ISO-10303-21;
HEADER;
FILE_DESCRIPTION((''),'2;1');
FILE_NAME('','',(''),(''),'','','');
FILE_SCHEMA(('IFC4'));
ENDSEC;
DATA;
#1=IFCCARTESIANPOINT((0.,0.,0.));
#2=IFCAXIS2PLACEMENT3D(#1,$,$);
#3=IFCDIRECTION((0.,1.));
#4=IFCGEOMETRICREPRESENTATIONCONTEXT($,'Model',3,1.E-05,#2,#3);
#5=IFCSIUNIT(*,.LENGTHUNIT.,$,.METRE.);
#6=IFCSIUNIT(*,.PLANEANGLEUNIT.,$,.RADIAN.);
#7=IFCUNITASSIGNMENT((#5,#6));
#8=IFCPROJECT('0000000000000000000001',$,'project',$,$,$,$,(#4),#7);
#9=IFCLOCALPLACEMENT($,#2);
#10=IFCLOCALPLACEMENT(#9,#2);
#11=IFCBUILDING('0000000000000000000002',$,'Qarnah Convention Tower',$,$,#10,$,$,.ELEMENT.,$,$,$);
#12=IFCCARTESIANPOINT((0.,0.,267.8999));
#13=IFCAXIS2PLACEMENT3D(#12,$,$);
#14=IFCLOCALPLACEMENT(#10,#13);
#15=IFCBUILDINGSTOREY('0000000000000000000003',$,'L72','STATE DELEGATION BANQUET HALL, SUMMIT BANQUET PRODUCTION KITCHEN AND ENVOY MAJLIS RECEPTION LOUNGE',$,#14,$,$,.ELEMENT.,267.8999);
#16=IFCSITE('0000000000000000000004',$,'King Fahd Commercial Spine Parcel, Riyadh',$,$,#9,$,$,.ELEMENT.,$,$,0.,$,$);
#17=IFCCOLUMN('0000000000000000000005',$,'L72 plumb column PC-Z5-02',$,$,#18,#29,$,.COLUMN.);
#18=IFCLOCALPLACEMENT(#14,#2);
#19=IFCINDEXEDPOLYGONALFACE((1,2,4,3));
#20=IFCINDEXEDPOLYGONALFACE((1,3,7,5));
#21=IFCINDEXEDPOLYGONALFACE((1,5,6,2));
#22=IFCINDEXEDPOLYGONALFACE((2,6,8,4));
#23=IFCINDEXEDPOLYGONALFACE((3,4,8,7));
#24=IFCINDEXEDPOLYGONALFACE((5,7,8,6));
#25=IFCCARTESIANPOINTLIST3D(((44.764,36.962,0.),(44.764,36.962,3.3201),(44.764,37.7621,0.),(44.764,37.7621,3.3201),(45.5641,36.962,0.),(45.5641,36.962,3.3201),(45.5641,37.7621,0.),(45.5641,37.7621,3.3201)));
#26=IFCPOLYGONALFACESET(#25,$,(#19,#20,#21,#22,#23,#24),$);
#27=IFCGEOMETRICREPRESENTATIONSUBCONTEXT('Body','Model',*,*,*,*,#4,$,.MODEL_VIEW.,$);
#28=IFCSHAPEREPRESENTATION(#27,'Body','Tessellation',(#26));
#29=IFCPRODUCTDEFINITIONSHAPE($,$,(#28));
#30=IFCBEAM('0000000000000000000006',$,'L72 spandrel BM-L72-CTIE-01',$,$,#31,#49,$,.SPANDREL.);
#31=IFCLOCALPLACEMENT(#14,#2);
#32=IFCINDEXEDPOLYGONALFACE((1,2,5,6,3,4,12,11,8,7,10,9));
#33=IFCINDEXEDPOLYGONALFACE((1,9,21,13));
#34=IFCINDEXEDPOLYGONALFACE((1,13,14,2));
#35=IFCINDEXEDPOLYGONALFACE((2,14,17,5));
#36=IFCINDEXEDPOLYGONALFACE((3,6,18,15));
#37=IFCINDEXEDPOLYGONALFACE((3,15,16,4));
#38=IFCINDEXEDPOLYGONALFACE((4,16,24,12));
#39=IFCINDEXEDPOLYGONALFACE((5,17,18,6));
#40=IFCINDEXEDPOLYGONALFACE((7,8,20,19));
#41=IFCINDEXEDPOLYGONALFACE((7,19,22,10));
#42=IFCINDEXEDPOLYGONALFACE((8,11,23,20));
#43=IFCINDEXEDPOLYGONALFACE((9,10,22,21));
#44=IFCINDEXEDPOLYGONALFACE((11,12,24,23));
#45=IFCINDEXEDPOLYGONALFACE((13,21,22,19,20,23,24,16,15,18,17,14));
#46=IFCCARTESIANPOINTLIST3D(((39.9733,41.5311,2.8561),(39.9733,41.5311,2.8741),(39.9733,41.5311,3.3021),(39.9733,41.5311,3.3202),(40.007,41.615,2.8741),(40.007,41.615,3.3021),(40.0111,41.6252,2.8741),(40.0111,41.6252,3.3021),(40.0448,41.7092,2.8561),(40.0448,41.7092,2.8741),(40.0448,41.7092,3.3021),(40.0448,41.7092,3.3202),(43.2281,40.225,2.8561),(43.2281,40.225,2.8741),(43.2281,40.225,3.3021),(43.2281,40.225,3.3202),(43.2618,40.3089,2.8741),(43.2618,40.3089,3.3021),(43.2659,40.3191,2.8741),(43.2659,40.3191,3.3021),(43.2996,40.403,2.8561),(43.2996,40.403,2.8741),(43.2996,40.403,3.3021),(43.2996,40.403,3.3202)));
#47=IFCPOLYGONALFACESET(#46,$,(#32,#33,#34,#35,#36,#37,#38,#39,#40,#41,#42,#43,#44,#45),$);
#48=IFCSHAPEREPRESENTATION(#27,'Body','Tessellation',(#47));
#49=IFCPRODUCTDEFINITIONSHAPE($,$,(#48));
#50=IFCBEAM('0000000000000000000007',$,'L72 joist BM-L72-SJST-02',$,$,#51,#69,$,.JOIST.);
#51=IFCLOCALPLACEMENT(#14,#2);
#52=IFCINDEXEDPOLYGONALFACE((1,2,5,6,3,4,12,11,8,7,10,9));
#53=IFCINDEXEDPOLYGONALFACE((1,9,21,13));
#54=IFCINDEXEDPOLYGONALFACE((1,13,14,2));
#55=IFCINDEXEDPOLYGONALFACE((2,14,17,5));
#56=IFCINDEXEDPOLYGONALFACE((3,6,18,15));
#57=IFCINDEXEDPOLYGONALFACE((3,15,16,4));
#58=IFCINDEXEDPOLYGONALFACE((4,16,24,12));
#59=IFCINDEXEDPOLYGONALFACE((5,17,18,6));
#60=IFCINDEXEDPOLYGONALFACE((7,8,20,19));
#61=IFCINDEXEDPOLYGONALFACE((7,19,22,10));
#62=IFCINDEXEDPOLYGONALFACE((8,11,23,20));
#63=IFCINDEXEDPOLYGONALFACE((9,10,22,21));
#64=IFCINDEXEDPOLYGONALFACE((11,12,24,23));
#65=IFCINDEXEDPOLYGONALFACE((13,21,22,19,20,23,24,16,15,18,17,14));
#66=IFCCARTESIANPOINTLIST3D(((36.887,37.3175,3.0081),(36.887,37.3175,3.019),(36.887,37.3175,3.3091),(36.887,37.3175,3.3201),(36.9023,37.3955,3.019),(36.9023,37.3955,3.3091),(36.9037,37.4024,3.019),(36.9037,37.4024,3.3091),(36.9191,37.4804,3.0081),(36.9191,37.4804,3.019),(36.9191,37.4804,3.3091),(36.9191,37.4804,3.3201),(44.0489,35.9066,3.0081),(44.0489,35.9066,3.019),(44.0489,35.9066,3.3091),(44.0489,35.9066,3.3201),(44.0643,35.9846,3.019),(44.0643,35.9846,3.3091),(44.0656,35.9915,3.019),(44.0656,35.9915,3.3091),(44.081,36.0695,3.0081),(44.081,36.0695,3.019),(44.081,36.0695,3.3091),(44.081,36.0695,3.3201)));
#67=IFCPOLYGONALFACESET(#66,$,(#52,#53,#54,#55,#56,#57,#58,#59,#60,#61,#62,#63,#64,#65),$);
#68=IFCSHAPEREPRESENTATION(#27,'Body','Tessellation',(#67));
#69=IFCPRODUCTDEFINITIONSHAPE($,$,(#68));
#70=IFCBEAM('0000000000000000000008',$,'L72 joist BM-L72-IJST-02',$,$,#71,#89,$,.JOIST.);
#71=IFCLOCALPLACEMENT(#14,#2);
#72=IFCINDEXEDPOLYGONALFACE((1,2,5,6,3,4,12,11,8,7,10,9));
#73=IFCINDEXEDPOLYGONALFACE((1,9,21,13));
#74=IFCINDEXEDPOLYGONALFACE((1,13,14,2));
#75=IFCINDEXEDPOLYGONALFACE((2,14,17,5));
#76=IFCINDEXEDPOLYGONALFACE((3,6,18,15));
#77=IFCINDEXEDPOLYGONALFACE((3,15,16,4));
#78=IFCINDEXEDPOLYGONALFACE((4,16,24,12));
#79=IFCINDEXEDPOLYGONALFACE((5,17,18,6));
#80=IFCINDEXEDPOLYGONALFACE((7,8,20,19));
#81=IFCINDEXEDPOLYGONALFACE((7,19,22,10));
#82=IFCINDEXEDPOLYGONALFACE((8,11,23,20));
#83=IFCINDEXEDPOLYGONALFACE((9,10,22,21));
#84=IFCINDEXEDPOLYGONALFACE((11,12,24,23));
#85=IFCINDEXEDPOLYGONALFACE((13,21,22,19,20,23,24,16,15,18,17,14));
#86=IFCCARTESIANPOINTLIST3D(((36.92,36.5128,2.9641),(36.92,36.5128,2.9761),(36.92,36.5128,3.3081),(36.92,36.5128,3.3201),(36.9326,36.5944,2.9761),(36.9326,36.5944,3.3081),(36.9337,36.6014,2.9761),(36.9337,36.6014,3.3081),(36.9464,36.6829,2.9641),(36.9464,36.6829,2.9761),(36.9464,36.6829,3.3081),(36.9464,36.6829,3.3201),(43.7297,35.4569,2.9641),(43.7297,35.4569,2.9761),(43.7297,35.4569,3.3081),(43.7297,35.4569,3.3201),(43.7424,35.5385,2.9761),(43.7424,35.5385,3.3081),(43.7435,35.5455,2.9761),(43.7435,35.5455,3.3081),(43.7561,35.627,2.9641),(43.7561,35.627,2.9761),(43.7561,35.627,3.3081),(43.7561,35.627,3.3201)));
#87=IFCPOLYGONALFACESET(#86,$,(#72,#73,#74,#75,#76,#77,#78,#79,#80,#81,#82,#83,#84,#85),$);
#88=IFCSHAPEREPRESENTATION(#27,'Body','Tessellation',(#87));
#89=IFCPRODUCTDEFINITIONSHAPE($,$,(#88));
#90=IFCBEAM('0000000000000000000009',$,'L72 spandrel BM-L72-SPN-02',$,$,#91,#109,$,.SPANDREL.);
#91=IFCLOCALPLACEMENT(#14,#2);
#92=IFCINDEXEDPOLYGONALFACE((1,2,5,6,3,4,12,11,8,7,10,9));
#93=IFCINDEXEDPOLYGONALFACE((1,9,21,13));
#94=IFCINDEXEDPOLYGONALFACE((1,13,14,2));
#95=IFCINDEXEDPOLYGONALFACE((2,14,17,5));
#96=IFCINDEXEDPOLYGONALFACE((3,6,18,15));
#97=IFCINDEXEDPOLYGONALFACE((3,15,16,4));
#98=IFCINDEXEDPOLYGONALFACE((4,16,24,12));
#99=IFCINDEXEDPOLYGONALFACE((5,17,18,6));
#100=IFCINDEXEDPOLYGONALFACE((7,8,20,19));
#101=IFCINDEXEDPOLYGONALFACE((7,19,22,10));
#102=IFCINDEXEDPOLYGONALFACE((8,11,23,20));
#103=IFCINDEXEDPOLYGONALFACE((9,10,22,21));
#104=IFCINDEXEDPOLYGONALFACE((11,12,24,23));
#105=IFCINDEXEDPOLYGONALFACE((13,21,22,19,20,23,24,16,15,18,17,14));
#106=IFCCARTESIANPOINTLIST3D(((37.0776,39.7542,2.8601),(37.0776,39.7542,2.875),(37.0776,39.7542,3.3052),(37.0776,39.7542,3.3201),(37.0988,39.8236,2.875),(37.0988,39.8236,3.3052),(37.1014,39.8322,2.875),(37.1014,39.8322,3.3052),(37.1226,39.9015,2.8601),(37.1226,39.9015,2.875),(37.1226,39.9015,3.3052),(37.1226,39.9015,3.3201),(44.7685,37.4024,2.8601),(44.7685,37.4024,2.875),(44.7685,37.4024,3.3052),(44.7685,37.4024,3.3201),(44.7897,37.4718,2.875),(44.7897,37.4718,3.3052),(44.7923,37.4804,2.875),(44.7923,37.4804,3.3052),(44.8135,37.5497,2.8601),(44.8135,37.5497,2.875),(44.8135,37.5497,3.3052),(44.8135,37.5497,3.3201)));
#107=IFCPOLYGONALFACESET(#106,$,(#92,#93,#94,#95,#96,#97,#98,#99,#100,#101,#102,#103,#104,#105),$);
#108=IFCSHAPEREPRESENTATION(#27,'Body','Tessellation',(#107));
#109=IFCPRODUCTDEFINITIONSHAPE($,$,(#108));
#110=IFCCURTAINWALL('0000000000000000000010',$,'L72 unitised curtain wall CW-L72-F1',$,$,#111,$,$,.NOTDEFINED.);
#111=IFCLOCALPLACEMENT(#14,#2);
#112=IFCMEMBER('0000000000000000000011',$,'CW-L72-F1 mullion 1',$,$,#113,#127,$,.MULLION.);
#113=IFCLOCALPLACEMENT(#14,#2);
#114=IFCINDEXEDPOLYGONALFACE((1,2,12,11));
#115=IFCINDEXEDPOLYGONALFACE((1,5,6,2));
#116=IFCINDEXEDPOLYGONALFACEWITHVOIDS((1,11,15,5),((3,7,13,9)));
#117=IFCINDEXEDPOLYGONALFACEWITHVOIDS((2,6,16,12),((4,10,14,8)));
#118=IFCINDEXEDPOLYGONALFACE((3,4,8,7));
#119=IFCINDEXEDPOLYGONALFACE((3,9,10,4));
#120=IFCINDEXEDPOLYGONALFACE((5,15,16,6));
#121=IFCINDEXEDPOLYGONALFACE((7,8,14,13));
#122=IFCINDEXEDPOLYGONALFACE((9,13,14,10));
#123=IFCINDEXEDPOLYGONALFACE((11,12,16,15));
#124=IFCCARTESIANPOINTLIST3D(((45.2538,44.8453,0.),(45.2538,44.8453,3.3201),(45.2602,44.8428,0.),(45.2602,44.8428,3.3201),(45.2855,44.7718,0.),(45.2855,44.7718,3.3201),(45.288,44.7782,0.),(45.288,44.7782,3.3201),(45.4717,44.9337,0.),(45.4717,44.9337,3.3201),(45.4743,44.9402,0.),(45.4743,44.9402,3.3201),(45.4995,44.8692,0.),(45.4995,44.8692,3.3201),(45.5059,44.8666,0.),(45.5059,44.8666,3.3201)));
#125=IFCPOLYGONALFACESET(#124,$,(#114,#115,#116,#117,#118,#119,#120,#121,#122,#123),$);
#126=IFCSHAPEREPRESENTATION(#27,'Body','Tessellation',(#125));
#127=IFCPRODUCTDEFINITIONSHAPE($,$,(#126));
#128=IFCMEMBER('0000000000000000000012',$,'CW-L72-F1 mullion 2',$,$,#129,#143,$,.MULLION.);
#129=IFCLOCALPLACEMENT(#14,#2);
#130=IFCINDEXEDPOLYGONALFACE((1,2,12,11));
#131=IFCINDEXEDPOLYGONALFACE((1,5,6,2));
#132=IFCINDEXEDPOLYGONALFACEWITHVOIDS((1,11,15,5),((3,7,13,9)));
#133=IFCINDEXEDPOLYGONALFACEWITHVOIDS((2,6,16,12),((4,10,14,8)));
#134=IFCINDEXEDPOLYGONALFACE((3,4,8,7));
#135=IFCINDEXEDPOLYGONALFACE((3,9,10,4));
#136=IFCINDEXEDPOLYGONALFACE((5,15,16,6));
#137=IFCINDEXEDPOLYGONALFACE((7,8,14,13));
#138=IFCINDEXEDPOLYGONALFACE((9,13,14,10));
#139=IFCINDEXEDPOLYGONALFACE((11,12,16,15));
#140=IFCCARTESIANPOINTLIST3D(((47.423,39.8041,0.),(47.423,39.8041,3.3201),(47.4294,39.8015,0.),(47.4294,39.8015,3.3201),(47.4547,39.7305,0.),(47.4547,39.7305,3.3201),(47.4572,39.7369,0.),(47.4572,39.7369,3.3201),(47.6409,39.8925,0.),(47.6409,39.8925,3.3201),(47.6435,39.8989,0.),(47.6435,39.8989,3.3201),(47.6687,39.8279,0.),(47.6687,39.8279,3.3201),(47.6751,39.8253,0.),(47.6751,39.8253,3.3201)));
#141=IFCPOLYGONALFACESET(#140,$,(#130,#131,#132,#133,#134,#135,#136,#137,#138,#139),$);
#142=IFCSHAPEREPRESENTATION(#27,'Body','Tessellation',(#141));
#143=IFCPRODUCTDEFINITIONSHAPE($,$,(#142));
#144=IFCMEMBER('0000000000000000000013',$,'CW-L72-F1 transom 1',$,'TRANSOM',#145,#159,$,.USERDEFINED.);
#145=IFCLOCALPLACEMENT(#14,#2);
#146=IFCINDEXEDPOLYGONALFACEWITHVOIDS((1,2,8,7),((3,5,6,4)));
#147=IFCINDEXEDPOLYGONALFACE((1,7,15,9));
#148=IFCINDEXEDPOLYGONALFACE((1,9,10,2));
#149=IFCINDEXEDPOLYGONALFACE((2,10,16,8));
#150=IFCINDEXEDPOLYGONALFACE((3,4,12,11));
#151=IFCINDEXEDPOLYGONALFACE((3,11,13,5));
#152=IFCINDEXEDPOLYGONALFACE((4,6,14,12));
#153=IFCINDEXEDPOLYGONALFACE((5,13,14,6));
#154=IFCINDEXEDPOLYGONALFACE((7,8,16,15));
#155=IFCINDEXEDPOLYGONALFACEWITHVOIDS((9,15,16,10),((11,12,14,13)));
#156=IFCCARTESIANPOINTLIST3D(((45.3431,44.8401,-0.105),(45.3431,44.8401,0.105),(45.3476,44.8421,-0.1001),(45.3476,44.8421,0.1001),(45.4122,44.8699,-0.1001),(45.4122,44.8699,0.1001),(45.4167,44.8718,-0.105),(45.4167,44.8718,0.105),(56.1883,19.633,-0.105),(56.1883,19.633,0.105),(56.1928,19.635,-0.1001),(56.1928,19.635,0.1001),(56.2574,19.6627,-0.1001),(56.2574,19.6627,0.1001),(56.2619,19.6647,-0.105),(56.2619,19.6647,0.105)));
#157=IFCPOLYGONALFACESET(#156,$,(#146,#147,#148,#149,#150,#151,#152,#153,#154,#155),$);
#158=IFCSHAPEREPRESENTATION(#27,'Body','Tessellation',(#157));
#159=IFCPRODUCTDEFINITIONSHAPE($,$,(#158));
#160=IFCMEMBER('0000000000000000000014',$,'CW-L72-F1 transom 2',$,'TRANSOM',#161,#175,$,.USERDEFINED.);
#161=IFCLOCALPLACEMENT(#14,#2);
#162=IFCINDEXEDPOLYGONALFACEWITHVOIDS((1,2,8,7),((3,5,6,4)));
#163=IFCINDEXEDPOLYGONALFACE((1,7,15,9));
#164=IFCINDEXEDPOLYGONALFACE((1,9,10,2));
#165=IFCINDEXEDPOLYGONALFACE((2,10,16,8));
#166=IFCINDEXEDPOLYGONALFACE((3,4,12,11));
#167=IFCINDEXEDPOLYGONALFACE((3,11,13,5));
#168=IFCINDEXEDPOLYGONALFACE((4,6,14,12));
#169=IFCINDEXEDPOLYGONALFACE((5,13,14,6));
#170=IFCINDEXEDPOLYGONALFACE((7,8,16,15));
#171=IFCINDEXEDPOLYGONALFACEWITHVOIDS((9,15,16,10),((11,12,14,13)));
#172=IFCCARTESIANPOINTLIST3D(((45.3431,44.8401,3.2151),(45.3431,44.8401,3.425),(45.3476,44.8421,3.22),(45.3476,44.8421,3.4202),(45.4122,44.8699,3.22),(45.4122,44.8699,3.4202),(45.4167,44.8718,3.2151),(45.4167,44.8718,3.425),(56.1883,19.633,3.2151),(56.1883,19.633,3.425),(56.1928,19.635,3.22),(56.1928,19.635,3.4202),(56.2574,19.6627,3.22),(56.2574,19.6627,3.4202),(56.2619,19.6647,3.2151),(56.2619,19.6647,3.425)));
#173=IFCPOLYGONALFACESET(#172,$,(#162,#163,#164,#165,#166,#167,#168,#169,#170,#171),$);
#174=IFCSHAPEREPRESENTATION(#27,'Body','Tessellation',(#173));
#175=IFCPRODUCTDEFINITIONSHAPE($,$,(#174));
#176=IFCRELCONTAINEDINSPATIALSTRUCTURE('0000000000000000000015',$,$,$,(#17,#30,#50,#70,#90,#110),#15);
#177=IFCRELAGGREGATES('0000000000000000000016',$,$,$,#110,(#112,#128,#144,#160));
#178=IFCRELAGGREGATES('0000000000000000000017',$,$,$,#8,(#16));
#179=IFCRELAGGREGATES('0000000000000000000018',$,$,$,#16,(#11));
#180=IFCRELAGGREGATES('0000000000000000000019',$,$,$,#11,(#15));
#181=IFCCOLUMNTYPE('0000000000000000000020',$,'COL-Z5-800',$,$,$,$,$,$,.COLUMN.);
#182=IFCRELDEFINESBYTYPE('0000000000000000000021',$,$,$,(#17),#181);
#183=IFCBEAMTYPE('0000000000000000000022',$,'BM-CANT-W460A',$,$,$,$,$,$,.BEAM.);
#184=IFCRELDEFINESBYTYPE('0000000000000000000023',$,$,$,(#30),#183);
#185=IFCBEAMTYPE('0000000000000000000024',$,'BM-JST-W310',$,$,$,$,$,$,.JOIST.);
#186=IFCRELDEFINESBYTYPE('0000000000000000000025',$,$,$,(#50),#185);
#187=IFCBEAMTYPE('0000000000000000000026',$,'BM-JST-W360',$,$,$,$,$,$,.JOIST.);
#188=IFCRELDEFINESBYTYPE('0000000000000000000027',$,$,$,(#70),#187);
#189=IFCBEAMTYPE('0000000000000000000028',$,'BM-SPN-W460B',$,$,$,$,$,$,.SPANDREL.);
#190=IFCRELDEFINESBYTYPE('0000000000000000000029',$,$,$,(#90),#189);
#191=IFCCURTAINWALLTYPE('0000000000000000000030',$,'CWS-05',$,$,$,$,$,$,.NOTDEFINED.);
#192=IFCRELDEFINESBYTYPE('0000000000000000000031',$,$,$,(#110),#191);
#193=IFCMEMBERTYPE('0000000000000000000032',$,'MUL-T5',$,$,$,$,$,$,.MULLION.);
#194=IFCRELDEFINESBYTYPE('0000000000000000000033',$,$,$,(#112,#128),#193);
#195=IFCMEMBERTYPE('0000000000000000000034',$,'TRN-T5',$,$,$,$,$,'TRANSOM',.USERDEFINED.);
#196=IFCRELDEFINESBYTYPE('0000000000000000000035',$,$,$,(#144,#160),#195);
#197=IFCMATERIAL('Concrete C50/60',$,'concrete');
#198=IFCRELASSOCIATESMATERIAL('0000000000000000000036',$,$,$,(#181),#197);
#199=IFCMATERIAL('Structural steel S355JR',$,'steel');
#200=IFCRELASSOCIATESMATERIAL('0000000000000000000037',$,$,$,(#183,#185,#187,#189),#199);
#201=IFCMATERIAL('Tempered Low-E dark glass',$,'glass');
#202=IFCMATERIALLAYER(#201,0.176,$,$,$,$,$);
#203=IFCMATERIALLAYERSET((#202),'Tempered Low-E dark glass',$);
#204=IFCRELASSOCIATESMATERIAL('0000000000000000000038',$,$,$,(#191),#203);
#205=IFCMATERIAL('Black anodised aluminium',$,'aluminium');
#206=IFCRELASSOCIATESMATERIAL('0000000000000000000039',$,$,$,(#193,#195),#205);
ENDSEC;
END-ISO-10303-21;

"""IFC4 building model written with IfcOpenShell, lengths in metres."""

from ifc_helpers import new_model, si_unit, direction, frame, origin, origin_2d, place, context, subcontext, project, spatial, rectangle, hollow_rectangle, i_section, extrude, material, layer, layer_set, material_profile, profile_set, type_object, element, aggregate, save


model = new_model("IFC4")

# Units and contexts
model_context = context("Model", 3, precision=1e-05, world=origin(), true_north=direction((0.0, 1.0)))
body_context = subcontext(model_context, "Body", "Model", "MODEL_VIEW")
ifc_project = project(units=[si_unit("LENGTHUNIT", "METRE"), si_unit("PLANEANGLEUNIT", "RADIAN")], contexts=[model_context])

# Site, building, storey
site_placement = place(None, origin())
site = spatial("IfcSite", under=ifc_project, at=site_placement, Name="King Fahd Commercial Spine Parcel, Riyadh", CompositionType="ELEMENT", RefElevation=0.0)
building_placement = place(site_placement, origin())
building = spatial("IfcBuilding", under=site, at=building_placement, Name="Qarnah Convention Tower", CompositionType="ELEMENT")
storey_placement = place(building_placement, frame((0.0, 0.0, 267.8999)))
storey = spatial("IfcBuildingStorey", under=building, at=storey_placement, Name="L72", Description="STATE DELEGATION BANQUET HALL, SUMMIT BANQUET PRODUCTION KITCHEN AND ENVOY MAJLIS RECEPTION LOUNGE", CompositionType="ELEMENT", Elevation=267.8999)

# Column
ifc_material_1 = material(Name="Concrete C50/60", Category="concrete")
ifc_material_profile_1 = material_profile(ifc_material_1, rectangle(XDim=0.8, YDim=0.8, at=origin_2d()), Name="RC-COL-800X800")
ifc_profile_set_1 = profile_set([ifc_material_profile_1], Name="Concrete C50/60")
column_type = type_object("IfcColumnType", Name="COL-Z5-800", PredefinedType="COLUMN", material=ifc_profile_set_1)
column_placement = place(storey_placement, frame((45.1641, 37.3621, 0.0), z_axis=(0.0, 0.0, 1.0), x_axis=(1.0, 0.0, 0.0)))
element("IfcColumn", 1, at=column_placement, inside=storey, type_object=column_type, Name="L72 plumb column PC-Z5-02", PredefinedType="COLUMN", context=body_context, shape_type="SweptSolid", body=[
    extrude(rectangle(XDim=0.8, YDim=0.8, at=origin_2d()), origin(), (0.0, 0.0, 1.0), 3.3201),
])

# Beams
ifc_material_2 = material(Name="Structural steel S355JR", Category="steel")
ifc_material_profile_2 = material_profile(ifc_material_2, i_section(OverallWidth=0.1919, OverallDepth=0.4641, WebThickness=0.011, FlangeThickness=0.0181, at=origin_2d()), Name="W460X89")
ifc_profile_set_2 = profile_set([ifc_material_profile_2], Name="Structural steel S355JR")
beam_type_1 = type_object("IfcBeamType", Name="BM-CANT-W460A", PredefinedType="BEAM", material=ifc_profile_set_2)
beam_1_placement = place(storey_placement, frame((40.009, 41.6201, 3.0881), z_axis=(0.928063, -0.372423, 0.0), x_axis=(0.372423, 0.928063, 0.0)))
element("IfcBeam", 2, at=beam_1_placement, inside=storey, type_object=beam_type_1, Name="L72 spandrel BM-L72-CTIE-01", PredefinedType="SPANDREL", context=body_context, shape_type="SweptSolid", body=[
    extrude(i_section(OverallWidth=0.1919, OverallDepth=0.4641, WebThickness=0.011, FlangeThickness=0.0181, at=origin_2d()), origin(), (0.0, 0.0, 1.0), 3.5071),
])
ifc_material_profile_3 = material_profile(ifc_material_2, i_section(OverallWidth=0.166, OverallDepth=0.312, WebThickness=0.0071, FlangeThickness=0.011, at=origin_2d()), Name="W310X45")
ifc_profile_set_3 = profile_set([ifc_material_profile_3], Name="Structural steel S355JR")
beam_type_2 = type_object("IfcBeamType", Name="BM-JST-W310", PredefinedType="JOIST", material=ifc_profile_set_3)
beam_2_placement = place(storey_placement, frame((44.0649, 35.988, 3.1641), z_axis=(-0.981143, 0.193285, 0.0), x_axis=(-0.193285, -0.981143, 0.0)))
element("IfcBeam", 3, at=beam_2_placement, inside=storey, type_object=beam_type_2, Name="L72 joist BM-L72-SJST-02", PredefinedType="JOIST", context=body_context, shape_type="SweptSolid", body=[
    extrude(i_section(OverallWidth=0.166, OverallDepth=0.312, WebThickness=0.0071, FlangeThickness=0.011, at=origin_2d()), origin(), (0.0, 0.0, 1.0), 7.2996),
])
ifc_material_profile_4 = material_profile(ifc_material_2, i_section(OverallWidth=0.1721, OverallDepth=0.356, WebThickness=0.0071, FlangeThickness=0.012, at=origin_2d()), Name="W360X51")
ifc_profile_set_4 = profile_set([ifc_material_profile_4], Name="Structural steel S355JR")
beam_type_3 = type_object("IfcBeamType", Name="BM-JST-W360", PredefinedType="JOIST", material=ifc_profile_set_4)
beam_3_placement = place(storey_placement, frame((43.7429, 35.542, 3.1421), z_axis=(-0.988191, 0.153226, 0.0), x_axis=(-0.153226, -0.988191, 0.0)))
element("IfcBeam", 4, at=beam_3_placement, inside=storey, type_object=beam_type_3, Name="L72 joist BM-L72-IJST-02", PredefinedType="JOIST", context=body_context, shape_type="SweptSolid", body=[
    extrude(i_section(OverallWidth=0.1721, OverallDepth=0.356, WebThickness=0.0071, FlangeThickness=0.012, at=origin_2d()), origin(), (0.0, 0.0, 1.0), 6.8911),
])
ifc_material_profile_5 = material_profile(ifc_material_2, i_section(OverallWidth=0.1541, OverallDepth=0.46, WebThickness=0.009, FlangeThickness=0.0149, at=origin_2d()), Name="W460X68")
ifc_profile_set_5 = profile_set([ifc_material_profile_5], Name="Structural steel S355JR")
beam_type_4 = type_object("IfcBeamType", Name="BM-SPN-W460B", PredefinedType="SPANDREL", material=ifc_profile_set_5)
beam_4_placement = place(storey_placement, frame((44.791, 37.4761, 3.0901), z_axis=(-0.956289, 0.292424, 0.0), x_axis=(-0.292424, -0.956289, 0.0)))
element("IfcBeam", 5, at=beam_4_placement, inside=storey, type_object=beam_type_4, Name="L72 spandrel BM-L72-SPN-02", PredefinedType="SPANDREL", context=body_context, shape_type="SweptSolid", body=[
    extrude(i_section(OverallWidth=0.1541, OverallDepth=0.46, WebThickness=0.009, FlangeThickness=0.0149, at=origin_2d()), origin(), (0.0, 0.0, 1.0), 8.0425),
])

# Curtain wall, members
ifc_material_3 = material(Name="Tempered Low-E dark glass", Category="glass")
ifc_layer_1 = layer(ifc_material_3, 0.176)
ifc_layer_set_1 = layer_set([ifc_layer_1], Name="Tempered Low-E dark glass")
curtain_wall_type = type_object("IfcCurtainWallType", Name="CWS-05", PredefinedType="NOTDEFINED", material=ifc_layer_set_1)
curtain_wall_placement = place(storey_placement, origin())
curtain_wall = element("IfcCurtainWall", 6, at=curtain_wall_placement, inside=storey, type_object=curtain_wall_type, Name="L72 unitised curtain wall CW-L72-F1", PredefinedType="NOTDEFINED")
ifc_material_4 = material(Name="Black anodised aluminium", Category="aluminium")
ifc_material_profile_6 = material_profile(ifc_material_4, hollow_rectangle(XDim=0.0801, YDim=0.24, WallThickness=0.0049, at=origin_2d()), Name="MUL-80X240")
ifc_profile_set_6 = profile_set([ifc_material_profile_6], Name="Black anodised aluminium")
member_type_1 = type_object("IfcMemberType", Name="MUL-T5", PredefinedType="MULLION", material=ifc_profile_set_6)
member_1_placement = place(storey_placement, frame((45.3799, 44.856, 0.0), z_axis=(0.0, 0.0, 1.0), x_axis=(0.395212, -0.91859, 0.0)))
member_1 = element("IfcMember", 7, at=member_1_placement, type_object=member_type_1, Name="CW-L72-F1 mullion 1", PredefinedType="MULLION", context=body_context, shape_type="SweptSolid", body=[
    extrude(hollow_rectangle(XDim=0.0801, YDim=0.24, WallThickness=0.0049, at=origin_2d()), origin(), (0.0, 0.0, 1.0), 3.3201),
])
member_2_placement = place(storey_placement, frame((47.5491, 39.8147, 0.0), z_axis=(0.0, 0.0, 1.0), x_axis=(0.395212, -0.91859, 0.0)))
member_2 = element("IfcMember", 8, at=member_2_placement, type_object=member_type_1, Name="CW-L72-F1 mullion 2", PredefinedType="MULLION", context=body_context, shape_type="SweptSolid", body=[
    extrude(hollow_rectangle(XDim=0.0801, YDim=0.24, WallThickness=0.0049, at=origin_2d()), origin(), (0.0, 0.0, 1.0), 3.3201),
])
ifc_material_profile_7 = material_profile(ifc_material_4, hollow_rectangle(XDim=0.0801, YDim=0.21, WallThickness=0.0049, at=origin_2d()), Name="TRN-80X210")
ifc_profile_set_7 = profile_set([ifc_material_profile_7], Name="Black anodised aluminium")
member_type_2 = type_object("IfcMemberType", Name="TRN-T5", ElementType="TRANSOM", PredefinedType="USERDEFINED", material=ifc_profile_set_7)
member_3_placement = place(storey_placement, frame((45.3799, 44.856, 0.0), z_axis=(0.395218, -0.918587, 0.0), x_axis=(0.918587, 0.395218, 0.0)))
member_3 = element("IfcMember", 9, at=member_3_placement, type_object=member_type_2, Name="CW-L72-F1 transom 1", ObjectType="TRANSOM", PredefinedType="USERDEFINED", context=body_context, shape_type="SweptSolid", body=[
    extrude(hollow_rectangle(XDim=0.0801, YDim=0.21, WallThickness=0.0049, at=origin_2d()), origin(), (0.0, 0.0, 1.0), 27.4412),
])
member_4_placement = place(storey_placement, frame((45.3799, 44.856, 3.3201), z_axis=(0.395218, -0.918587, 0.0), x_axis=(0.918587, 0.395218, 0.0)))
member_4 = element("IfcMember", 10, at=member_4_placement, type_object=member_type_2, Name="CW-L72-F1 transom 2", ObjectType="TRANSOM", PredefinedType="USERDEFINED", context=body_context, shape_type="SweptSolid", body=[
    extrude(hollow_rectangle(XDim=0.0801, YDim=0.21, WallThickness=0.0049, at=origin_2d()), origin(), (0.0, 0.0, 1.0), 27.4412),
])
aggregate(curtain_wall, [member_1, member_2, member_3, member_4])

save(model, "model.ifc")
